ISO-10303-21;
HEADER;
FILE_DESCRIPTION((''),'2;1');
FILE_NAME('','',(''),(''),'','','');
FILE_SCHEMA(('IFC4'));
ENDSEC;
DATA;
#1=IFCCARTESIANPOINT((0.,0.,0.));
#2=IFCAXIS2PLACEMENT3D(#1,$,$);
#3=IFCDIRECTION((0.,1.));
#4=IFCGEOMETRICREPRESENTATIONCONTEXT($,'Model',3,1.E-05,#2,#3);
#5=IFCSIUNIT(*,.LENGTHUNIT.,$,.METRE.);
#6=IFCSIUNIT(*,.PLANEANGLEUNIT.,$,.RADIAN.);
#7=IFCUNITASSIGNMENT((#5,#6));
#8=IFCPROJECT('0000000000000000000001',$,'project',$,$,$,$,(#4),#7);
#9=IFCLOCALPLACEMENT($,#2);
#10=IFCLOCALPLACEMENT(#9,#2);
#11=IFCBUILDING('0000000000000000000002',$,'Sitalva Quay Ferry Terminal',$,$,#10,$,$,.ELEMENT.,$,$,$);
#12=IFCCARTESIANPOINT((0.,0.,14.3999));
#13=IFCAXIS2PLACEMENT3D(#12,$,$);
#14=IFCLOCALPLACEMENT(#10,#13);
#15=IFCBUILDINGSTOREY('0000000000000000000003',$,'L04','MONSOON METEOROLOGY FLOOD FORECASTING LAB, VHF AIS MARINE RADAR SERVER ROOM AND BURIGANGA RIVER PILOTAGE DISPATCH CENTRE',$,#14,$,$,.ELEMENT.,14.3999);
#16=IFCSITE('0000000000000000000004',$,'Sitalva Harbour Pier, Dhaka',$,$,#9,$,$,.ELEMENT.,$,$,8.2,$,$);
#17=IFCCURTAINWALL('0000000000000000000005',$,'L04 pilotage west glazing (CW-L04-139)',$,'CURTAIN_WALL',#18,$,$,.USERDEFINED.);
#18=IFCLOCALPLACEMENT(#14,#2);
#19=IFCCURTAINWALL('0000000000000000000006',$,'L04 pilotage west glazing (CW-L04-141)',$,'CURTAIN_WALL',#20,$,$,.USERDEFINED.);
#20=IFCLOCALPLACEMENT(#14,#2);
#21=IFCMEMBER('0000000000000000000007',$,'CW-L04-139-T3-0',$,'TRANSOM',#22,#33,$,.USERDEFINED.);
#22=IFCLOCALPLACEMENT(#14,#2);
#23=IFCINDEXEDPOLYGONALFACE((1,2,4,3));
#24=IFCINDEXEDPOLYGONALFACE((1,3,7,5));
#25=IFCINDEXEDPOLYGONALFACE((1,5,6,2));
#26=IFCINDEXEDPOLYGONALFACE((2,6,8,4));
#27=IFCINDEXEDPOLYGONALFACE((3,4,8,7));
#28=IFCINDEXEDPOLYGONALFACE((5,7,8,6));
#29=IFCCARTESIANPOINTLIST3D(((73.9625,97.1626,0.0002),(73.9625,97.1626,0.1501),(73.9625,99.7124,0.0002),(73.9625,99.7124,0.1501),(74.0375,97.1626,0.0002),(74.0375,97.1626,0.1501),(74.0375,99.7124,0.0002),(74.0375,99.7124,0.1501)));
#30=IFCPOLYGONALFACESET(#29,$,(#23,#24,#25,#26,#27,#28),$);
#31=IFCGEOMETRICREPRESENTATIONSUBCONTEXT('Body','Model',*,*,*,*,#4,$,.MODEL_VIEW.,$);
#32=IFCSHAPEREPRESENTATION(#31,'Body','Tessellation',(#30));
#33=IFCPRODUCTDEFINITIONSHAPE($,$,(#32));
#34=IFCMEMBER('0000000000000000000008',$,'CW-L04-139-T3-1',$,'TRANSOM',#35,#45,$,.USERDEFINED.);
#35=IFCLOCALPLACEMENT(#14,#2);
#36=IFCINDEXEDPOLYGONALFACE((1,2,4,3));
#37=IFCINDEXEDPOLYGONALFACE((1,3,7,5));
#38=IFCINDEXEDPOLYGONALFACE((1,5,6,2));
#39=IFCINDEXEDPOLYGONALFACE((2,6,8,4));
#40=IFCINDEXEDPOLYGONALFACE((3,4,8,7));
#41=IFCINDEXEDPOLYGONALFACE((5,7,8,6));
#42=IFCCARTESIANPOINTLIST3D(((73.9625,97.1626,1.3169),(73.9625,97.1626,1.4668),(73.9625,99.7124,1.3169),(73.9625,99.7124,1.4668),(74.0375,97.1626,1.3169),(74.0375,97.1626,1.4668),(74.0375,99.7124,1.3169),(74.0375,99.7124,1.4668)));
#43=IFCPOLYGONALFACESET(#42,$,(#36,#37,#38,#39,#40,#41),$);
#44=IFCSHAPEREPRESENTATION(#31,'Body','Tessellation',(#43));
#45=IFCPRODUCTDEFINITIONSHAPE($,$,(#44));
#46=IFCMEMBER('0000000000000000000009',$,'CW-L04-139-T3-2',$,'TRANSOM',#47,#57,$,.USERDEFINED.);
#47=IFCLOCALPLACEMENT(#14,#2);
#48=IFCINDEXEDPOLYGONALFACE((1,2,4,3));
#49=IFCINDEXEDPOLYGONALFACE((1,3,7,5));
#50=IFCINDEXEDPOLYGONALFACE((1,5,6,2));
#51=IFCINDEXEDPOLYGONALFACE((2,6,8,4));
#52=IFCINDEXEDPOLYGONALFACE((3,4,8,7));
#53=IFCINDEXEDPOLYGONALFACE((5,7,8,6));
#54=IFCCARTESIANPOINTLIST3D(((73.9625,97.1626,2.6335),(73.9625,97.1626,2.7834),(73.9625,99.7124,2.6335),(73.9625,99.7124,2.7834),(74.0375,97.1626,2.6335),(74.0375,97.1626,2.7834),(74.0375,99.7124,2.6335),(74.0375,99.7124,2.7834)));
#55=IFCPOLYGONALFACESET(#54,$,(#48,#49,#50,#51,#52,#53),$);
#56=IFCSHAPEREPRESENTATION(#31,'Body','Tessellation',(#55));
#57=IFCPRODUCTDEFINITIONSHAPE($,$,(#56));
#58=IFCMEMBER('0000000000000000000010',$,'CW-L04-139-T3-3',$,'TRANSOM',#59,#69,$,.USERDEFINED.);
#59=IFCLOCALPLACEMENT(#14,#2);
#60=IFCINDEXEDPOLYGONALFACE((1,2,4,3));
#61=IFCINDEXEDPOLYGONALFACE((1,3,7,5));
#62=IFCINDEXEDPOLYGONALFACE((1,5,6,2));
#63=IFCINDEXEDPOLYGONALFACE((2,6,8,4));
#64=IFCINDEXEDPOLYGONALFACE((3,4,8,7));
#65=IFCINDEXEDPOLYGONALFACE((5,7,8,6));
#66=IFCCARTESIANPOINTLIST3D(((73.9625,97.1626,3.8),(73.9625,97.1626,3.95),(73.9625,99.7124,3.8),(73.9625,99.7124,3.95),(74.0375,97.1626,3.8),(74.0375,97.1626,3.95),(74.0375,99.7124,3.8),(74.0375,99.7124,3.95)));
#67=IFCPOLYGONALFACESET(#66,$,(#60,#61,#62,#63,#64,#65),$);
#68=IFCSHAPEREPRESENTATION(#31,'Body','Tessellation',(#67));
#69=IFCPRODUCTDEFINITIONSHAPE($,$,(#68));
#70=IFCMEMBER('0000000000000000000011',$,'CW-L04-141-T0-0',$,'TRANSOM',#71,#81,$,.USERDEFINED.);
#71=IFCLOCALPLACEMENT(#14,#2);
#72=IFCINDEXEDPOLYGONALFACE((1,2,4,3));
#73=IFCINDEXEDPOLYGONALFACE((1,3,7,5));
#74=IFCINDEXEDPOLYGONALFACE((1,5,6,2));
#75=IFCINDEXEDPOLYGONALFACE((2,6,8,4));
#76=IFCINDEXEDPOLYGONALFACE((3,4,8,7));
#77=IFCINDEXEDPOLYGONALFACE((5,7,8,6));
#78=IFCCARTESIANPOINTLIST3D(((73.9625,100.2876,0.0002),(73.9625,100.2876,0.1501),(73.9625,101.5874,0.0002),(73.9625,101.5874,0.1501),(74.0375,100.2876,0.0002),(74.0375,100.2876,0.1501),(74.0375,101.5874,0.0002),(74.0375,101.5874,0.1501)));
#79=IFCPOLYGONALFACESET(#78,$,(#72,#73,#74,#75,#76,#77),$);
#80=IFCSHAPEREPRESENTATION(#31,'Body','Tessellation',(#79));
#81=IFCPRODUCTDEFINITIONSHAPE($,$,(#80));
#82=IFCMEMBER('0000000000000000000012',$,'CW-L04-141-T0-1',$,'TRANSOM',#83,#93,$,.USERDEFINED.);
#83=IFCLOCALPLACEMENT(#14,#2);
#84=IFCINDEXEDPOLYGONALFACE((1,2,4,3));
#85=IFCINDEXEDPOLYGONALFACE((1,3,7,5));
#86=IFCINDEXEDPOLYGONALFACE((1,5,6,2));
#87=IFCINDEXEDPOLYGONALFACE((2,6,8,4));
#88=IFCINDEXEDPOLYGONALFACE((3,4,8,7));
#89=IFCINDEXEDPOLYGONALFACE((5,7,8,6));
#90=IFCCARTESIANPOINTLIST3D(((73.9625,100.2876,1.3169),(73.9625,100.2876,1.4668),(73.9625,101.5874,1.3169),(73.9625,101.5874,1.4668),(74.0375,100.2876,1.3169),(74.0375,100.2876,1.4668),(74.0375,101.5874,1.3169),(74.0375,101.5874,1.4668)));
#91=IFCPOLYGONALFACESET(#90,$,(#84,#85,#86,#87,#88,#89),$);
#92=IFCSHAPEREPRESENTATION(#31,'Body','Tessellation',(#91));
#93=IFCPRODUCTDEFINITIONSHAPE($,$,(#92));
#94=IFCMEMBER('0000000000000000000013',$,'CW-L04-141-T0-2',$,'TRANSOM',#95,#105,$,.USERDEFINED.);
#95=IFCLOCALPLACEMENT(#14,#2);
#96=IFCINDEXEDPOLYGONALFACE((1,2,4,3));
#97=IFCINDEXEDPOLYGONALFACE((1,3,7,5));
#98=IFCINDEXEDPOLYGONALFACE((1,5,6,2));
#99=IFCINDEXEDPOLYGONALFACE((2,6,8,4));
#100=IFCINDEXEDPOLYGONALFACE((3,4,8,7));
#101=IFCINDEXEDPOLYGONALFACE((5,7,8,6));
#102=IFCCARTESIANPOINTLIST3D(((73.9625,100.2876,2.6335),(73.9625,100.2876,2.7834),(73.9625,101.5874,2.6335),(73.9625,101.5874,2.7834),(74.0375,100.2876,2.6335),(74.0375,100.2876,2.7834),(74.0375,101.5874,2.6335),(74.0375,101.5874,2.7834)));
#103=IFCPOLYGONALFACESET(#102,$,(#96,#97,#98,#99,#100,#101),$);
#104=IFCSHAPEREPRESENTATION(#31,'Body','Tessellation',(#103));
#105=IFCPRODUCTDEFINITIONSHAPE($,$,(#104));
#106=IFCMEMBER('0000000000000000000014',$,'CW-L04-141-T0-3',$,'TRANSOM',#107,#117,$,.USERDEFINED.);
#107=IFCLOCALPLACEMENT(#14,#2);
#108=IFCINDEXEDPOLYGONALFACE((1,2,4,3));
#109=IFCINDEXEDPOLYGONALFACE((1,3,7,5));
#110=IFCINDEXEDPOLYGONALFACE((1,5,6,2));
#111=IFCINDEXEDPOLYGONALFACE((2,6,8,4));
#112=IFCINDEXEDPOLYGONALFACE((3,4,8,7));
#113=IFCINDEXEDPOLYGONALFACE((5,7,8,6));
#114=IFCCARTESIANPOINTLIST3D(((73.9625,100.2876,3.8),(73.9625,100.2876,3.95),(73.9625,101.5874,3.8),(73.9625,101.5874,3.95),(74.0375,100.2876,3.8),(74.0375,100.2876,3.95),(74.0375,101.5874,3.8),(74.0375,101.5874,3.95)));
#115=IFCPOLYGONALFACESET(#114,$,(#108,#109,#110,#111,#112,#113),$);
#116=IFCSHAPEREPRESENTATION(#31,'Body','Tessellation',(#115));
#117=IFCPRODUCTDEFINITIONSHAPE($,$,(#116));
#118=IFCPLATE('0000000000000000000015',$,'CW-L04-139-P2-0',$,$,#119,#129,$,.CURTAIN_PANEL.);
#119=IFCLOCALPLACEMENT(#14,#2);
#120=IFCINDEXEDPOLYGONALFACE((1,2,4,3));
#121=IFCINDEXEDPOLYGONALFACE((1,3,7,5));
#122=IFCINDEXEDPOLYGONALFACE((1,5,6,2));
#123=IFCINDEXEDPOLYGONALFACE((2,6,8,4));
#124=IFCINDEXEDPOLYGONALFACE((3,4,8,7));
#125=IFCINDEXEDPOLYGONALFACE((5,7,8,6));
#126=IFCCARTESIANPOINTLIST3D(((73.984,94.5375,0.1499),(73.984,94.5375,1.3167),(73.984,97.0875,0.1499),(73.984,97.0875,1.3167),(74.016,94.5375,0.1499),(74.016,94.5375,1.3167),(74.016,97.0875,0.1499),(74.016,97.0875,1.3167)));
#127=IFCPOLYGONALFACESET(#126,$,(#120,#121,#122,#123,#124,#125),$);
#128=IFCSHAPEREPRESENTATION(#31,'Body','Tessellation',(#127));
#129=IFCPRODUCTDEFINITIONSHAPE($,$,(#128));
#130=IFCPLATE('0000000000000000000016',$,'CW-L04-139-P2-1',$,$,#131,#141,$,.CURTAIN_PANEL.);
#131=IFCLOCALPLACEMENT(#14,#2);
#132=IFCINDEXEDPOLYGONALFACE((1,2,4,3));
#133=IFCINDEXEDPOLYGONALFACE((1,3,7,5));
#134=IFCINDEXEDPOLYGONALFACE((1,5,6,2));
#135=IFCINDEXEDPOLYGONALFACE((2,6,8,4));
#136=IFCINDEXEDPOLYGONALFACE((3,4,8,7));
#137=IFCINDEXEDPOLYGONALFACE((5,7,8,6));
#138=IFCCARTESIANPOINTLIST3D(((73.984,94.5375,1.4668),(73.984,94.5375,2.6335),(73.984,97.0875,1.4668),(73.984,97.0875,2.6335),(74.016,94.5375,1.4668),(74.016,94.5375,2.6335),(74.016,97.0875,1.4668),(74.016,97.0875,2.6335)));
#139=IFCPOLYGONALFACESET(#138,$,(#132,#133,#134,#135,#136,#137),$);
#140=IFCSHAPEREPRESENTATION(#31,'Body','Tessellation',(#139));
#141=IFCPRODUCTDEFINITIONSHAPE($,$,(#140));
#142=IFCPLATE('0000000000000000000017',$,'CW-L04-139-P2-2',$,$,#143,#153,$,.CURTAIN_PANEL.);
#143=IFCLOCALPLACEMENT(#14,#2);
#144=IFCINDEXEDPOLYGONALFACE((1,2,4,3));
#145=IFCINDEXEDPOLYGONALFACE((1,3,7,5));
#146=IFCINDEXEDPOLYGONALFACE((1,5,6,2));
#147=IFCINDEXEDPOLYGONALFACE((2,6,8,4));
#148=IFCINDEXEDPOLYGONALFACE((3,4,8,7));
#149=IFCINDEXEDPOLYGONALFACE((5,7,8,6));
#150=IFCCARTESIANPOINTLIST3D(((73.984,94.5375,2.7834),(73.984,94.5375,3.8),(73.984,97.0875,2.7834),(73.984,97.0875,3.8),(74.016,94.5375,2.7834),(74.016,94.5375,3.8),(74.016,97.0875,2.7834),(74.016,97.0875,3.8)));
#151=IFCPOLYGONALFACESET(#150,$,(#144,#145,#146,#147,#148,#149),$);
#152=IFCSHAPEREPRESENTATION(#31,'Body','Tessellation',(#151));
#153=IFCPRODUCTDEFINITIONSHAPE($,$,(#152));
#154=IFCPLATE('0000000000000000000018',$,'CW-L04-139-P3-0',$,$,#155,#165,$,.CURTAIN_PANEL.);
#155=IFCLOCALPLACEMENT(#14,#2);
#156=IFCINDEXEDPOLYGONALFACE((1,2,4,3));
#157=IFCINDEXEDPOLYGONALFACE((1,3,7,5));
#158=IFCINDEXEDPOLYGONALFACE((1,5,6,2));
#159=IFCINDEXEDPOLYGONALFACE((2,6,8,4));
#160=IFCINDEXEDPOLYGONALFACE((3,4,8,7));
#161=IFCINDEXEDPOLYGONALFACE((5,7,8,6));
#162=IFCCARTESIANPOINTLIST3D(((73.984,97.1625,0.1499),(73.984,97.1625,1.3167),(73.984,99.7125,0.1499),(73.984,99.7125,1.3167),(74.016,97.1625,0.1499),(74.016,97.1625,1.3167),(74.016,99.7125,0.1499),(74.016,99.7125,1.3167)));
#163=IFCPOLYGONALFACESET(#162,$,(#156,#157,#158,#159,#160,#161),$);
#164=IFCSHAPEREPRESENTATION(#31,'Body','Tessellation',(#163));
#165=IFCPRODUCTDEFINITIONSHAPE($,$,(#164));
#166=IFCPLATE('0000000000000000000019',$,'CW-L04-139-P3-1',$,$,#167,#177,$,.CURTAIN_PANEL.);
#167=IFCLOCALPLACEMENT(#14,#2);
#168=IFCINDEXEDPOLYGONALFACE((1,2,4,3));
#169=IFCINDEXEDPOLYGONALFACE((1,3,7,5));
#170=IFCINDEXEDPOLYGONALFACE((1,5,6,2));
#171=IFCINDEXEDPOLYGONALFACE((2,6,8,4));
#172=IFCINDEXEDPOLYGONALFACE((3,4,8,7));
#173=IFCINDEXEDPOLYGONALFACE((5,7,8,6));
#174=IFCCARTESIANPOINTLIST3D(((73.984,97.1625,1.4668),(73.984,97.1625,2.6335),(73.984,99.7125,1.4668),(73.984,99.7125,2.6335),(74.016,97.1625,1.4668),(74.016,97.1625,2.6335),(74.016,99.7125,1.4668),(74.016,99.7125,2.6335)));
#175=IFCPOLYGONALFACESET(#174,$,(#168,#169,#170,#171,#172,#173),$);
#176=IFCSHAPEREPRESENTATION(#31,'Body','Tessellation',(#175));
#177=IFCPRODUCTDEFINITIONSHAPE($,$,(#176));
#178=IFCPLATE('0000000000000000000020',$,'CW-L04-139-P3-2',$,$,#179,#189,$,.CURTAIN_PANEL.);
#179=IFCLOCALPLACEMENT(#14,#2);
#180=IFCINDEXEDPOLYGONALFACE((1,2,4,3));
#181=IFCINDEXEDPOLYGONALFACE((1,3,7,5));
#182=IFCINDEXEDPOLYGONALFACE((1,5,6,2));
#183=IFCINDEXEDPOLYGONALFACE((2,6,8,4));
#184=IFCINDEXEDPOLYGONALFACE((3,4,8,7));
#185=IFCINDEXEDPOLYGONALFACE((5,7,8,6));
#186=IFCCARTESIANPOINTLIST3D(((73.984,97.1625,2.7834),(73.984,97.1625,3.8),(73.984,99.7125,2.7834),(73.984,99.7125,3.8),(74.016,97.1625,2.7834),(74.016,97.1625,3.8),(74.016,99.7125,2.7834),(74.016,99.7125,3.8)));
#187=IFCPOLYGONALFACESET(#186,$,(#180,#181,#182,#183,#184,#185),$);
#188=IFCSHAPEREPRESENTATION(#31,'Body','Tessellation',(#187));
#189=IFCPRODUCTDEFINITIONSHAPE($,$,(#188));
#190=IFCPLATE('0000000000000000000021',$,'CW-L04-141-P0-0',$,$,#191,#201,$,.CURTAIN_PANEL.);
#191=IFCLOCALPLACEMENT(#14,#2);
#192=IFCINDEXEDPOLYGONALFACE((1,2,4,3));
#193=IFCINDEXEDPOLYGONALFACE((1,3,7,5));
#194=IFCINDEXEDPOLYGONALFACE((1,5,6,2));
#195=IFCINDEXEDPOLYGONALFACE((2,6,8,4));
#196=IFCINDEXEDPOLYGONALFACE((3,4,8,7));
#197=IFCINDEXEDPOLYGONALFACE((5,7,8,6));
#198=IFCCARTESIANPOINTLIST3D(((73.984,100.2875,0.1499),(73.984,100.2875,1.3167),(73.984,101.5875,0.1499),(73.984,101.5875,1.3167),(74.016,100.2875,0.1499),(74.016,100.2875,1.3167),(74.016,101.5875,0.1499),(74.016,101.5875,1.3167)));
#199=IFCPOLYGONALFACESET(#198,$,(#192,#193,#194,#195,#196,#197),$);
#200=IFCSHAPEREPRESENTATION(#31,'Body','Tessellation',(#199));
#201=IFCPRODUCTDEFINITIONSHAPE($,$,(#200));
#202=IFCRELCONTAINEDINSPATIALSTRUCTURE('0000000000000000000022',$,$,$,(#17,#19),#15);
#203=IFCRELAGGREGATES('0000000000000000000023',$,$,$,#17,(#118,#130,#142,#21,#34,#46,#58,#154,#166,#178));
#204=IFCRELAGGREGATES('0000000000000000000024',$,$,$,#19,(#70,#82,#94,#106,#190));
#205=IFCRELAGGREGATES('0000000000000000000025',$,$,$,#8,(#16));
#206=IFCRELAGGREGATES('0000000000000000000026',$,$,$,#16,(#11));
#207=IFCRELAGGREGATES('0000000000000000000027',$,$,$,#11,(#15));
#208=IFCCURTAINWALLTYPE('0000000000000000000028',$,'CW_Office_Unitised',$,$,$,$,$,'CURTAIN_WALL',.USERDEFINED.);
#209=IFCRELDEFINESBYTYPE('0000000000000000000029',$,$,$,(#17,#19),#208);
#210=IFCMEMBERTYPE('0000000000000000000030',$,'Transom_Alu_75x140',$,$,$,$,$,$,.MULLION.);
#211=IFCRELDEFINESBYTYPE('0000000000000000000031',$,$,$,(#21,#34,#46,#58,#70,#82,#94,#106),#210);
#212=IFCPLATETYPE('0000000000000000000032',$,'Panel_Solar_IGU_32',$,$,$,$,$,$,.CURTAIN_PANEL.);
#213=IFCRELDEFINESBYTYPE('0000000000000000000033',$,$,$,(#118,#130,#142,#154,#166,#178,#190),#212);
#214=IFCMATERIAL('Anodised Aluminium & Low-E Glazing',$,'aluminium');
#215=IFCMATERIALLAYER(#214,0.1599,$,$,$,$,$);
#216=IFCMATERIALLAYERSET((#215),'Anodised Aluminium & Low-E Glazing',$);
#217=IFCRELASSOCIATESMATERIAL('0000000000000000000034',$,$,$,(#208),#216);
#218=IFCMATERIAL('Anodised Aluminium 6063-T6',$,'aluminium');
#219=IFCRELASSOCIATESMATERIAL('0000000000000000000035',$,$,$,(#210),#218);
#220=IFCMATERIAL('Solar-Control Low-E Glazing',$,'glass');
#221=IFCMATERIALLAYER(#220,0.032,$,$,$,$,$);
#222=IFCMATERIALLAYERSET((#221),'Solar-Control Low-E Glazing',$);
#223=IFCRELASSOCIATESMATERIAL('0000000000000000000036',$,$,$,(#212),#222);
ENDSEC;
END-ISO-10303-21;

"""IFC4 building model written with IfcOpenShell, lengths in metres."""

from ifc_helpers import new_model, si_unit, direction, frame, origin, origin_2d, place, context, subcontext, project, spatial, rectangle, extrude, material, layer, layer_set, material_profile, profile_set, type_object, element, aggregate, save


model = new_model("IFC4")

# Units and contexts
model_context = context("Model", 3, precision=1e-05, world=origin(), true_north=direction((0.0, 1.0)))
body_context = subcontext(model_context, "Body", "Model", "MODEL_VIEW")
ifc_project = project(units=[si_unit("LENGTHUNIT", "METRE"), si_unit("PLANEANGLEUNIT", "RADIAN")], contexts=[model_context])

# Site, building, storey
site_placement = place(None, origin())
site = spatial("IfcSite", under=ifc_project, at=site_placement, Name="Sitalva Harbour Pier, Dhaka", CompositionType="ELEMENT", RefElevation=8.2)
building_placement = place(site_placement, origin())
building = spatial("IfcBuilding", under=site, at=building_placement, Name="Sitalva Quay Ferry Terminal", CompositionType="ELEMENT")
storey_placement = place(building_placement, frame((0.0, 0.0, 14.3999)))
storey = spatial("IfcBuildingStorey", under=building, at=storey_placement, Name="L04", Description="MONSOON METEOROLOGY FLOOD FORECASTING LAB, VHF AIS MARINE RADAR SERVER ROOM AND BURIGANGA RIVER PILOTAGE DISPATCH CENTRE", CompositionType="ELEMENT", Elevation=14.3999)

# Curtain wall
ifc_material_1 = material(Name="Anodised Aluminium & Low-E Glazing", Category="aluminium")
ifc_layer_1 = layer(ifc_material_1, 0.1599)
ifc_layer_set_1 = layer_set([ifc_layer_1], Name="Anodised Aluminium & Low-E Glazing")
curtain_wall_type = type_object("IfcCurtainWallType", Name="CW_Office_Unitised", ElementType="CURTAIN_WALL", PredefinedType="USERDEFINED", material=ifc_layer_set_1)
curtain_wall_1_placement = place(storey_placement, origin())
curtain_wall_1 = element("IfcCurtainWall", 1, at=curtain_wall_1_placement, inside=storey, type_object=curtain_wall_type, Name="L04 pilotage west glazing (CW-L04-139)", ObjectType="CURTAIN_WALL", PredefinedType="USERDEFINED")

# Curtain wall
curtain_wall_2_placement = place(storey_placement, origin())
curtain_wall_2 = element("IfcCurtainWall", 2, at=curtain_wall_2_placement, inside=storey, type_object=curtain_wall_type, Name="L04 pilotage west glazing (CW-L04-141)", ObjectType="CURTAIN_WALL", PredefinedType="USERDEFINED")

# Members
ifc_material_2 = material(Name="Anodised Aluminium 6063-T6", Category="aluminium")
ifc_material_profile_1 = material_profile(ifc_material_2, rectangle(XDim=0.075, YDim=0.1499, at=origin_2d()), Name="ALU75x150")
ifc_profile_set_1 = profile_set([ifc_material_profile_1], Name="Anodised Aluminium 6063-T6")
member_type_1 = type_object("IfcMemberType", Name="Transom_Alu_75x140", PredefinedType="MULLION", material=ifc_profile_set_1)
member_1_placement = place(storey_placement, frame((74.0, 97.1626, 0.0752), z_axis=(0.0, 1.0, 0.0), x_axis=(-1.0, 0.0, 0.0)))
member_1 = element("IfcMember", 3, at=member_1_placement, type_object=member_type_1, Name="CW-L04-139-T3-0", ObjectType="TRANSOM", PredefinedType="USERDEFINED", context=body_context, shape_type="SweptSolid", body=[
    extrude(rectangle(XDim=0.075, YDim=0.1499, at=origin_2d()), origin(), (0.0, 0.0, 1.0), 2.5498),
])
member_2_placement = place(storey_placement, frame((74.0, 97.1626, 1.3918), z_axis=(0.0, 1.0, 0.0), x_axis=(-1.0, 0.0, 0.0)))
member_2 = element("IfcMember", 4, at=member_2_placement, type_object=member_type_1, Name="CW-L04-139-T3-1", ObjectType="TRANSOM", PredefinedType="USERDEFINED", context=body_context, shape_type="SweptSolid", body=[
    extrude(rectangle(XDim=0.075, YDim=0.1499, at=origin_2d()), origin(), (0.0, 0.0, 1.0), 2.5498),
])
member_3_placement = place(storey_placement, frame((74.0, 97.1626, 2.7085), z_axis=(0.0, 1.0, 0.0), x_axis=(-1.0, 0.0, 0.0)))
member_3 = element("IfcMember", 5, at=member_3_placement, type_object=member_type_1, Name="CW-L04-139-T3-2", ObjectType="TRANSOM", PredefinedType="USERDEFINED", context=body_context, shape_type="SweptSolid", body=[
    extrude(rectangle(XDim=0.075, YDim=0.1499, at=origin_2d()), origin(), (0.0, 0.0, 1.0), 2.5498),
])
member_4_placement = place(storey_placement, frame((74.0, 97.1626, 3.875), z_axis=(0.0, 1.0, 0.0), x_axis=(-1.0, 0.0, 0.0)))
member_4 = element("IfcMember", 6, at=member_4_placement, type_object=member_type_1, Name="CW-L04-139-T3-3", ObjectType="TRANSOM", PredefinedType="USERDEFINED", context=body_context, shape_type="SweptSolid", body=[
    extrude(rectangle(XDim=0.075, YDim=0.1499, at=origin_2d()), origin(), (0.0, 0.0, 1.0), 2.5498),
])
member_5_placement = place(storey_placement, frame((74.0, 100.2876, 0.0752), z_axis=(0.0, 1.0, 0.0), x_axis=(-1.0, 0.0, 0.0)))
member_5 = element("IfcMember", 7, at=member_5_placement, type_object=member_type_1, Name="CW-L04-141-T0-0", ObjectType="TRANSOM", PredefinedType="USERDEFINED", context=body_context, shape_type="SweptSolid", body=[
    extrude(rectangle(XDim=0.075, YDim=0.1499, at=origin_2d()), origin(), (0.0, 0.0, 1.0), 1.2998),
])
member_6_placement = place(storey_placement, frame((74.0, 100.2876, 1.3918), z_axis=(0.0, 1.0, 0.0), x_axis=(-1.0, 0.0, 0.0)))
member_6 = element("IfcMember", 8, at=member_6_placement, type_object=member_type_1, Name="CW-L04-141-T0-1", ObjectType="TRANSOM", PredefinedType="USERDEFINED", context=body_context, shape_type="SweptSolid", body=[
    extrude(rectangle(XDim=0.075, YDim=0.1499, at=origin_2d()), origin(), (0.0, 0.0, 1.0), 1.2998),
])
member_7_placement = place(storey_placement, frame((74.0, 100.2876, 2.7085), z_axis=(0.0, 1.0, 0.0), x_axis=(-1.0, 0.0, 0.0)))
member_7 = element("IfcMember", 9, at=member_7_placement, type_object=member_type_1, Name="CW-L04-141-T0-2", ObjectType="TRANSOM", PredefinedType="USERDEFINED", context=body_context, shape_type="SweptSolid", body=[
    extrude(rectangle(XDim=0.075, YDim=0.1499, at=origin_2d()), origin(), (0.0, 0.0, 1.0), 1.2998),
])
member_8_placement = place(storey_placement, frame((74.0, 100.2876, 3.875), z_axis=(0.0, 1.0, 0.0), x_axis=(-1.0, 0.0, 0.0)))
member_8 = element("IfcMember", 10, at=member_8_placement, type_object=member_type_1, Name="CW-L04-141-T0-3", ObjectType="TRANSOM", PredefinedType="USERDEFINED", context=body_context, shape_type="SweptSolid", body=[
    extrude(rectangle(XDim=0.075, YDim=0.1499, at=origin_2d()), origin(), (0.0, 0.0, 1.0), 1.2998),
])

# Plates
ifc_material_3 = material(Name="Solar-Control Low-E Glazing", Category="glass")
ifc_layer_2 = layer(ifc_material_3, 0.032)
ifc_layer_set_2 = layer_set([ifc_layer_2], Name="Solar-Control Low-E Glazing")
plate_type = type_object("IfcPlateType", Name="Panel_Solar_IGU_32", PredefinedType="CURTAIN_PANEL", material=ifc_layer_set_2)
plate_1_placement = place(storey_placement, frame((74.0, 95.8125, 0.1499), z_axis=(0.0, 0.0, 1.0), x_axis=(0.0, 1.0, 0.0)))
plate_1 = element("IfcPlate", 11, at=plate_1_placement, type_object=plate_type, Name="CW-L04-139-P2-0", PredefinedType="CURTAIN_PANEL", context=body_context, shape_type="SweptSolid", body=[
    extrude(rectangle(XDim=2.55, YDim=0.032, at=origin_2d()), origin(), (0.0, 0.0, 1.0), 1.1667),
])
plate_2_placement = place(storey_placement, frame((74.0, 95.8125, 1.4668), z_axis=(0.0, 0.0, 1.0), x_axis=(0.0, 1.0, 0.0)))
plate_2 = element("IfcPlate", 12, at=plate_2_placement, type_object=plate_type, Name="CW-L04-139-P2-1", PredefinedType="CURTAIN_PANEL", context=body_context, shape_type="SweptSolid", body=[
    extrude(rectangle(XDim=2.55, YDim=0.032, at=origin_2d()), origin(), (0.0, 0.0, 1.0), 1.1667),
])
plate_3_placement = place(storey_placement, frame((74.0, 95.8125, 2.7834), z_axis=(0.0, 0.0, 1.0), x_axis=(0.0, 1.0, 0.0)))
plate_3 = element("IfcPlate", 13, at=plate_3_placement, type_object=plate_type, Name="CW-L04-139-P2-2", PredefinedType="CURTAIN_PANEL", context=body_context, shape_type="SweptSolid", body=[
    extrude(rectangle(XDim=2.55, YDim=0.032, at=origin_2d()), origin(), (0.0, 0.0, 1.0), 1.0166),
])
plate_4_placement = place(storey_placement, frame((74.0, 98.4375, 0.1499), z_axis=(0.0, 0.0, 1.0), x_axis=(0.0, 1.0, 0.0)))
plate_4 = element("IfcPlate", 14, at=plate_4_placement, type_object=plate_type, Name="CW-L04-139-P3-0", PredefinedType="CURTAIN_PANEL", context=body_context, shape_type="SweptSolid", body=[
    extrude(rectangle(XDim=2.55, YDim=0.032, at=origin_2d()), origin(), (0.0, 0.0, 1.0), 1.1667),
])
plate_5_placement = place(storey_placement, frame((74.0, 98.4375, 1.4668), z_axis=(0.0, 0.0, 1.0), x_axis=(0.0, 1.0, 0.0)))
plate_5 = element("IfcPlate", 15, at=plate_5_placement, type_object=plate_type, Name="CW-L04-139-P3-1", PredefinedType="CURTAIN_PANEL", context=body_context, shape_type="SweptSolid", body=[
    extrude(rectangle(XDim=2.55, YDim=0.032, at=origin_2d()), origin(), (0.0, 0.0, 1.0), 1.1667),
])
plate_6_placement = place(storey_placement, frame((74.0, 98.4375, 2.7834), z_axis=(0.0, 0.0, 1.0), x_axis=(0.0, 1.0, 0.0)))
plate_6 = element("IfcPlate", 16, at=plate_6_placement, type_object=plate_type, Name="CW-L04-139-P3-2", PredefinedType="CURTAIN_PANEL", context=body_context, shape_type="SweptSolid", body=[
    extrude(rectangle(XDim=2.55, YDim=0.032, at=origin_2d()), origin(), (0.0, 0.0, 1.0), 1.0166),
])
aggregate(curtain_wall_1, [plate_1, plate_2, plate_3, member_1, member_2, member_3, member_4, plate_4, plate_5, plate_6])
plate_7_placement = place(storey_placement, frame((74.0, 100.9375, 0.1499), z_axis=(0.0, 0.0, 1.0), x_axis=(0.0, 1.0, 0.0)))
plate_7 = element("IfcPlate", 17, at=plate_7_placement, type_object=plate_type, Name="CW-L04-141-P0-0", PredefinedType="CURTAIN_PANEL", context=body_context, shape_type="SweptSolid", body=[
    extrude(rectangle(XDim=1.3, YDim=0.032, at=origin_2d()), origin(), (0.0, 0.0, 1.0), 1.1667),
])
aggregate(curtain_wall_2, [member_5, member_6, member_7, member_8, plate_7])

save(model, "model.ifc")
